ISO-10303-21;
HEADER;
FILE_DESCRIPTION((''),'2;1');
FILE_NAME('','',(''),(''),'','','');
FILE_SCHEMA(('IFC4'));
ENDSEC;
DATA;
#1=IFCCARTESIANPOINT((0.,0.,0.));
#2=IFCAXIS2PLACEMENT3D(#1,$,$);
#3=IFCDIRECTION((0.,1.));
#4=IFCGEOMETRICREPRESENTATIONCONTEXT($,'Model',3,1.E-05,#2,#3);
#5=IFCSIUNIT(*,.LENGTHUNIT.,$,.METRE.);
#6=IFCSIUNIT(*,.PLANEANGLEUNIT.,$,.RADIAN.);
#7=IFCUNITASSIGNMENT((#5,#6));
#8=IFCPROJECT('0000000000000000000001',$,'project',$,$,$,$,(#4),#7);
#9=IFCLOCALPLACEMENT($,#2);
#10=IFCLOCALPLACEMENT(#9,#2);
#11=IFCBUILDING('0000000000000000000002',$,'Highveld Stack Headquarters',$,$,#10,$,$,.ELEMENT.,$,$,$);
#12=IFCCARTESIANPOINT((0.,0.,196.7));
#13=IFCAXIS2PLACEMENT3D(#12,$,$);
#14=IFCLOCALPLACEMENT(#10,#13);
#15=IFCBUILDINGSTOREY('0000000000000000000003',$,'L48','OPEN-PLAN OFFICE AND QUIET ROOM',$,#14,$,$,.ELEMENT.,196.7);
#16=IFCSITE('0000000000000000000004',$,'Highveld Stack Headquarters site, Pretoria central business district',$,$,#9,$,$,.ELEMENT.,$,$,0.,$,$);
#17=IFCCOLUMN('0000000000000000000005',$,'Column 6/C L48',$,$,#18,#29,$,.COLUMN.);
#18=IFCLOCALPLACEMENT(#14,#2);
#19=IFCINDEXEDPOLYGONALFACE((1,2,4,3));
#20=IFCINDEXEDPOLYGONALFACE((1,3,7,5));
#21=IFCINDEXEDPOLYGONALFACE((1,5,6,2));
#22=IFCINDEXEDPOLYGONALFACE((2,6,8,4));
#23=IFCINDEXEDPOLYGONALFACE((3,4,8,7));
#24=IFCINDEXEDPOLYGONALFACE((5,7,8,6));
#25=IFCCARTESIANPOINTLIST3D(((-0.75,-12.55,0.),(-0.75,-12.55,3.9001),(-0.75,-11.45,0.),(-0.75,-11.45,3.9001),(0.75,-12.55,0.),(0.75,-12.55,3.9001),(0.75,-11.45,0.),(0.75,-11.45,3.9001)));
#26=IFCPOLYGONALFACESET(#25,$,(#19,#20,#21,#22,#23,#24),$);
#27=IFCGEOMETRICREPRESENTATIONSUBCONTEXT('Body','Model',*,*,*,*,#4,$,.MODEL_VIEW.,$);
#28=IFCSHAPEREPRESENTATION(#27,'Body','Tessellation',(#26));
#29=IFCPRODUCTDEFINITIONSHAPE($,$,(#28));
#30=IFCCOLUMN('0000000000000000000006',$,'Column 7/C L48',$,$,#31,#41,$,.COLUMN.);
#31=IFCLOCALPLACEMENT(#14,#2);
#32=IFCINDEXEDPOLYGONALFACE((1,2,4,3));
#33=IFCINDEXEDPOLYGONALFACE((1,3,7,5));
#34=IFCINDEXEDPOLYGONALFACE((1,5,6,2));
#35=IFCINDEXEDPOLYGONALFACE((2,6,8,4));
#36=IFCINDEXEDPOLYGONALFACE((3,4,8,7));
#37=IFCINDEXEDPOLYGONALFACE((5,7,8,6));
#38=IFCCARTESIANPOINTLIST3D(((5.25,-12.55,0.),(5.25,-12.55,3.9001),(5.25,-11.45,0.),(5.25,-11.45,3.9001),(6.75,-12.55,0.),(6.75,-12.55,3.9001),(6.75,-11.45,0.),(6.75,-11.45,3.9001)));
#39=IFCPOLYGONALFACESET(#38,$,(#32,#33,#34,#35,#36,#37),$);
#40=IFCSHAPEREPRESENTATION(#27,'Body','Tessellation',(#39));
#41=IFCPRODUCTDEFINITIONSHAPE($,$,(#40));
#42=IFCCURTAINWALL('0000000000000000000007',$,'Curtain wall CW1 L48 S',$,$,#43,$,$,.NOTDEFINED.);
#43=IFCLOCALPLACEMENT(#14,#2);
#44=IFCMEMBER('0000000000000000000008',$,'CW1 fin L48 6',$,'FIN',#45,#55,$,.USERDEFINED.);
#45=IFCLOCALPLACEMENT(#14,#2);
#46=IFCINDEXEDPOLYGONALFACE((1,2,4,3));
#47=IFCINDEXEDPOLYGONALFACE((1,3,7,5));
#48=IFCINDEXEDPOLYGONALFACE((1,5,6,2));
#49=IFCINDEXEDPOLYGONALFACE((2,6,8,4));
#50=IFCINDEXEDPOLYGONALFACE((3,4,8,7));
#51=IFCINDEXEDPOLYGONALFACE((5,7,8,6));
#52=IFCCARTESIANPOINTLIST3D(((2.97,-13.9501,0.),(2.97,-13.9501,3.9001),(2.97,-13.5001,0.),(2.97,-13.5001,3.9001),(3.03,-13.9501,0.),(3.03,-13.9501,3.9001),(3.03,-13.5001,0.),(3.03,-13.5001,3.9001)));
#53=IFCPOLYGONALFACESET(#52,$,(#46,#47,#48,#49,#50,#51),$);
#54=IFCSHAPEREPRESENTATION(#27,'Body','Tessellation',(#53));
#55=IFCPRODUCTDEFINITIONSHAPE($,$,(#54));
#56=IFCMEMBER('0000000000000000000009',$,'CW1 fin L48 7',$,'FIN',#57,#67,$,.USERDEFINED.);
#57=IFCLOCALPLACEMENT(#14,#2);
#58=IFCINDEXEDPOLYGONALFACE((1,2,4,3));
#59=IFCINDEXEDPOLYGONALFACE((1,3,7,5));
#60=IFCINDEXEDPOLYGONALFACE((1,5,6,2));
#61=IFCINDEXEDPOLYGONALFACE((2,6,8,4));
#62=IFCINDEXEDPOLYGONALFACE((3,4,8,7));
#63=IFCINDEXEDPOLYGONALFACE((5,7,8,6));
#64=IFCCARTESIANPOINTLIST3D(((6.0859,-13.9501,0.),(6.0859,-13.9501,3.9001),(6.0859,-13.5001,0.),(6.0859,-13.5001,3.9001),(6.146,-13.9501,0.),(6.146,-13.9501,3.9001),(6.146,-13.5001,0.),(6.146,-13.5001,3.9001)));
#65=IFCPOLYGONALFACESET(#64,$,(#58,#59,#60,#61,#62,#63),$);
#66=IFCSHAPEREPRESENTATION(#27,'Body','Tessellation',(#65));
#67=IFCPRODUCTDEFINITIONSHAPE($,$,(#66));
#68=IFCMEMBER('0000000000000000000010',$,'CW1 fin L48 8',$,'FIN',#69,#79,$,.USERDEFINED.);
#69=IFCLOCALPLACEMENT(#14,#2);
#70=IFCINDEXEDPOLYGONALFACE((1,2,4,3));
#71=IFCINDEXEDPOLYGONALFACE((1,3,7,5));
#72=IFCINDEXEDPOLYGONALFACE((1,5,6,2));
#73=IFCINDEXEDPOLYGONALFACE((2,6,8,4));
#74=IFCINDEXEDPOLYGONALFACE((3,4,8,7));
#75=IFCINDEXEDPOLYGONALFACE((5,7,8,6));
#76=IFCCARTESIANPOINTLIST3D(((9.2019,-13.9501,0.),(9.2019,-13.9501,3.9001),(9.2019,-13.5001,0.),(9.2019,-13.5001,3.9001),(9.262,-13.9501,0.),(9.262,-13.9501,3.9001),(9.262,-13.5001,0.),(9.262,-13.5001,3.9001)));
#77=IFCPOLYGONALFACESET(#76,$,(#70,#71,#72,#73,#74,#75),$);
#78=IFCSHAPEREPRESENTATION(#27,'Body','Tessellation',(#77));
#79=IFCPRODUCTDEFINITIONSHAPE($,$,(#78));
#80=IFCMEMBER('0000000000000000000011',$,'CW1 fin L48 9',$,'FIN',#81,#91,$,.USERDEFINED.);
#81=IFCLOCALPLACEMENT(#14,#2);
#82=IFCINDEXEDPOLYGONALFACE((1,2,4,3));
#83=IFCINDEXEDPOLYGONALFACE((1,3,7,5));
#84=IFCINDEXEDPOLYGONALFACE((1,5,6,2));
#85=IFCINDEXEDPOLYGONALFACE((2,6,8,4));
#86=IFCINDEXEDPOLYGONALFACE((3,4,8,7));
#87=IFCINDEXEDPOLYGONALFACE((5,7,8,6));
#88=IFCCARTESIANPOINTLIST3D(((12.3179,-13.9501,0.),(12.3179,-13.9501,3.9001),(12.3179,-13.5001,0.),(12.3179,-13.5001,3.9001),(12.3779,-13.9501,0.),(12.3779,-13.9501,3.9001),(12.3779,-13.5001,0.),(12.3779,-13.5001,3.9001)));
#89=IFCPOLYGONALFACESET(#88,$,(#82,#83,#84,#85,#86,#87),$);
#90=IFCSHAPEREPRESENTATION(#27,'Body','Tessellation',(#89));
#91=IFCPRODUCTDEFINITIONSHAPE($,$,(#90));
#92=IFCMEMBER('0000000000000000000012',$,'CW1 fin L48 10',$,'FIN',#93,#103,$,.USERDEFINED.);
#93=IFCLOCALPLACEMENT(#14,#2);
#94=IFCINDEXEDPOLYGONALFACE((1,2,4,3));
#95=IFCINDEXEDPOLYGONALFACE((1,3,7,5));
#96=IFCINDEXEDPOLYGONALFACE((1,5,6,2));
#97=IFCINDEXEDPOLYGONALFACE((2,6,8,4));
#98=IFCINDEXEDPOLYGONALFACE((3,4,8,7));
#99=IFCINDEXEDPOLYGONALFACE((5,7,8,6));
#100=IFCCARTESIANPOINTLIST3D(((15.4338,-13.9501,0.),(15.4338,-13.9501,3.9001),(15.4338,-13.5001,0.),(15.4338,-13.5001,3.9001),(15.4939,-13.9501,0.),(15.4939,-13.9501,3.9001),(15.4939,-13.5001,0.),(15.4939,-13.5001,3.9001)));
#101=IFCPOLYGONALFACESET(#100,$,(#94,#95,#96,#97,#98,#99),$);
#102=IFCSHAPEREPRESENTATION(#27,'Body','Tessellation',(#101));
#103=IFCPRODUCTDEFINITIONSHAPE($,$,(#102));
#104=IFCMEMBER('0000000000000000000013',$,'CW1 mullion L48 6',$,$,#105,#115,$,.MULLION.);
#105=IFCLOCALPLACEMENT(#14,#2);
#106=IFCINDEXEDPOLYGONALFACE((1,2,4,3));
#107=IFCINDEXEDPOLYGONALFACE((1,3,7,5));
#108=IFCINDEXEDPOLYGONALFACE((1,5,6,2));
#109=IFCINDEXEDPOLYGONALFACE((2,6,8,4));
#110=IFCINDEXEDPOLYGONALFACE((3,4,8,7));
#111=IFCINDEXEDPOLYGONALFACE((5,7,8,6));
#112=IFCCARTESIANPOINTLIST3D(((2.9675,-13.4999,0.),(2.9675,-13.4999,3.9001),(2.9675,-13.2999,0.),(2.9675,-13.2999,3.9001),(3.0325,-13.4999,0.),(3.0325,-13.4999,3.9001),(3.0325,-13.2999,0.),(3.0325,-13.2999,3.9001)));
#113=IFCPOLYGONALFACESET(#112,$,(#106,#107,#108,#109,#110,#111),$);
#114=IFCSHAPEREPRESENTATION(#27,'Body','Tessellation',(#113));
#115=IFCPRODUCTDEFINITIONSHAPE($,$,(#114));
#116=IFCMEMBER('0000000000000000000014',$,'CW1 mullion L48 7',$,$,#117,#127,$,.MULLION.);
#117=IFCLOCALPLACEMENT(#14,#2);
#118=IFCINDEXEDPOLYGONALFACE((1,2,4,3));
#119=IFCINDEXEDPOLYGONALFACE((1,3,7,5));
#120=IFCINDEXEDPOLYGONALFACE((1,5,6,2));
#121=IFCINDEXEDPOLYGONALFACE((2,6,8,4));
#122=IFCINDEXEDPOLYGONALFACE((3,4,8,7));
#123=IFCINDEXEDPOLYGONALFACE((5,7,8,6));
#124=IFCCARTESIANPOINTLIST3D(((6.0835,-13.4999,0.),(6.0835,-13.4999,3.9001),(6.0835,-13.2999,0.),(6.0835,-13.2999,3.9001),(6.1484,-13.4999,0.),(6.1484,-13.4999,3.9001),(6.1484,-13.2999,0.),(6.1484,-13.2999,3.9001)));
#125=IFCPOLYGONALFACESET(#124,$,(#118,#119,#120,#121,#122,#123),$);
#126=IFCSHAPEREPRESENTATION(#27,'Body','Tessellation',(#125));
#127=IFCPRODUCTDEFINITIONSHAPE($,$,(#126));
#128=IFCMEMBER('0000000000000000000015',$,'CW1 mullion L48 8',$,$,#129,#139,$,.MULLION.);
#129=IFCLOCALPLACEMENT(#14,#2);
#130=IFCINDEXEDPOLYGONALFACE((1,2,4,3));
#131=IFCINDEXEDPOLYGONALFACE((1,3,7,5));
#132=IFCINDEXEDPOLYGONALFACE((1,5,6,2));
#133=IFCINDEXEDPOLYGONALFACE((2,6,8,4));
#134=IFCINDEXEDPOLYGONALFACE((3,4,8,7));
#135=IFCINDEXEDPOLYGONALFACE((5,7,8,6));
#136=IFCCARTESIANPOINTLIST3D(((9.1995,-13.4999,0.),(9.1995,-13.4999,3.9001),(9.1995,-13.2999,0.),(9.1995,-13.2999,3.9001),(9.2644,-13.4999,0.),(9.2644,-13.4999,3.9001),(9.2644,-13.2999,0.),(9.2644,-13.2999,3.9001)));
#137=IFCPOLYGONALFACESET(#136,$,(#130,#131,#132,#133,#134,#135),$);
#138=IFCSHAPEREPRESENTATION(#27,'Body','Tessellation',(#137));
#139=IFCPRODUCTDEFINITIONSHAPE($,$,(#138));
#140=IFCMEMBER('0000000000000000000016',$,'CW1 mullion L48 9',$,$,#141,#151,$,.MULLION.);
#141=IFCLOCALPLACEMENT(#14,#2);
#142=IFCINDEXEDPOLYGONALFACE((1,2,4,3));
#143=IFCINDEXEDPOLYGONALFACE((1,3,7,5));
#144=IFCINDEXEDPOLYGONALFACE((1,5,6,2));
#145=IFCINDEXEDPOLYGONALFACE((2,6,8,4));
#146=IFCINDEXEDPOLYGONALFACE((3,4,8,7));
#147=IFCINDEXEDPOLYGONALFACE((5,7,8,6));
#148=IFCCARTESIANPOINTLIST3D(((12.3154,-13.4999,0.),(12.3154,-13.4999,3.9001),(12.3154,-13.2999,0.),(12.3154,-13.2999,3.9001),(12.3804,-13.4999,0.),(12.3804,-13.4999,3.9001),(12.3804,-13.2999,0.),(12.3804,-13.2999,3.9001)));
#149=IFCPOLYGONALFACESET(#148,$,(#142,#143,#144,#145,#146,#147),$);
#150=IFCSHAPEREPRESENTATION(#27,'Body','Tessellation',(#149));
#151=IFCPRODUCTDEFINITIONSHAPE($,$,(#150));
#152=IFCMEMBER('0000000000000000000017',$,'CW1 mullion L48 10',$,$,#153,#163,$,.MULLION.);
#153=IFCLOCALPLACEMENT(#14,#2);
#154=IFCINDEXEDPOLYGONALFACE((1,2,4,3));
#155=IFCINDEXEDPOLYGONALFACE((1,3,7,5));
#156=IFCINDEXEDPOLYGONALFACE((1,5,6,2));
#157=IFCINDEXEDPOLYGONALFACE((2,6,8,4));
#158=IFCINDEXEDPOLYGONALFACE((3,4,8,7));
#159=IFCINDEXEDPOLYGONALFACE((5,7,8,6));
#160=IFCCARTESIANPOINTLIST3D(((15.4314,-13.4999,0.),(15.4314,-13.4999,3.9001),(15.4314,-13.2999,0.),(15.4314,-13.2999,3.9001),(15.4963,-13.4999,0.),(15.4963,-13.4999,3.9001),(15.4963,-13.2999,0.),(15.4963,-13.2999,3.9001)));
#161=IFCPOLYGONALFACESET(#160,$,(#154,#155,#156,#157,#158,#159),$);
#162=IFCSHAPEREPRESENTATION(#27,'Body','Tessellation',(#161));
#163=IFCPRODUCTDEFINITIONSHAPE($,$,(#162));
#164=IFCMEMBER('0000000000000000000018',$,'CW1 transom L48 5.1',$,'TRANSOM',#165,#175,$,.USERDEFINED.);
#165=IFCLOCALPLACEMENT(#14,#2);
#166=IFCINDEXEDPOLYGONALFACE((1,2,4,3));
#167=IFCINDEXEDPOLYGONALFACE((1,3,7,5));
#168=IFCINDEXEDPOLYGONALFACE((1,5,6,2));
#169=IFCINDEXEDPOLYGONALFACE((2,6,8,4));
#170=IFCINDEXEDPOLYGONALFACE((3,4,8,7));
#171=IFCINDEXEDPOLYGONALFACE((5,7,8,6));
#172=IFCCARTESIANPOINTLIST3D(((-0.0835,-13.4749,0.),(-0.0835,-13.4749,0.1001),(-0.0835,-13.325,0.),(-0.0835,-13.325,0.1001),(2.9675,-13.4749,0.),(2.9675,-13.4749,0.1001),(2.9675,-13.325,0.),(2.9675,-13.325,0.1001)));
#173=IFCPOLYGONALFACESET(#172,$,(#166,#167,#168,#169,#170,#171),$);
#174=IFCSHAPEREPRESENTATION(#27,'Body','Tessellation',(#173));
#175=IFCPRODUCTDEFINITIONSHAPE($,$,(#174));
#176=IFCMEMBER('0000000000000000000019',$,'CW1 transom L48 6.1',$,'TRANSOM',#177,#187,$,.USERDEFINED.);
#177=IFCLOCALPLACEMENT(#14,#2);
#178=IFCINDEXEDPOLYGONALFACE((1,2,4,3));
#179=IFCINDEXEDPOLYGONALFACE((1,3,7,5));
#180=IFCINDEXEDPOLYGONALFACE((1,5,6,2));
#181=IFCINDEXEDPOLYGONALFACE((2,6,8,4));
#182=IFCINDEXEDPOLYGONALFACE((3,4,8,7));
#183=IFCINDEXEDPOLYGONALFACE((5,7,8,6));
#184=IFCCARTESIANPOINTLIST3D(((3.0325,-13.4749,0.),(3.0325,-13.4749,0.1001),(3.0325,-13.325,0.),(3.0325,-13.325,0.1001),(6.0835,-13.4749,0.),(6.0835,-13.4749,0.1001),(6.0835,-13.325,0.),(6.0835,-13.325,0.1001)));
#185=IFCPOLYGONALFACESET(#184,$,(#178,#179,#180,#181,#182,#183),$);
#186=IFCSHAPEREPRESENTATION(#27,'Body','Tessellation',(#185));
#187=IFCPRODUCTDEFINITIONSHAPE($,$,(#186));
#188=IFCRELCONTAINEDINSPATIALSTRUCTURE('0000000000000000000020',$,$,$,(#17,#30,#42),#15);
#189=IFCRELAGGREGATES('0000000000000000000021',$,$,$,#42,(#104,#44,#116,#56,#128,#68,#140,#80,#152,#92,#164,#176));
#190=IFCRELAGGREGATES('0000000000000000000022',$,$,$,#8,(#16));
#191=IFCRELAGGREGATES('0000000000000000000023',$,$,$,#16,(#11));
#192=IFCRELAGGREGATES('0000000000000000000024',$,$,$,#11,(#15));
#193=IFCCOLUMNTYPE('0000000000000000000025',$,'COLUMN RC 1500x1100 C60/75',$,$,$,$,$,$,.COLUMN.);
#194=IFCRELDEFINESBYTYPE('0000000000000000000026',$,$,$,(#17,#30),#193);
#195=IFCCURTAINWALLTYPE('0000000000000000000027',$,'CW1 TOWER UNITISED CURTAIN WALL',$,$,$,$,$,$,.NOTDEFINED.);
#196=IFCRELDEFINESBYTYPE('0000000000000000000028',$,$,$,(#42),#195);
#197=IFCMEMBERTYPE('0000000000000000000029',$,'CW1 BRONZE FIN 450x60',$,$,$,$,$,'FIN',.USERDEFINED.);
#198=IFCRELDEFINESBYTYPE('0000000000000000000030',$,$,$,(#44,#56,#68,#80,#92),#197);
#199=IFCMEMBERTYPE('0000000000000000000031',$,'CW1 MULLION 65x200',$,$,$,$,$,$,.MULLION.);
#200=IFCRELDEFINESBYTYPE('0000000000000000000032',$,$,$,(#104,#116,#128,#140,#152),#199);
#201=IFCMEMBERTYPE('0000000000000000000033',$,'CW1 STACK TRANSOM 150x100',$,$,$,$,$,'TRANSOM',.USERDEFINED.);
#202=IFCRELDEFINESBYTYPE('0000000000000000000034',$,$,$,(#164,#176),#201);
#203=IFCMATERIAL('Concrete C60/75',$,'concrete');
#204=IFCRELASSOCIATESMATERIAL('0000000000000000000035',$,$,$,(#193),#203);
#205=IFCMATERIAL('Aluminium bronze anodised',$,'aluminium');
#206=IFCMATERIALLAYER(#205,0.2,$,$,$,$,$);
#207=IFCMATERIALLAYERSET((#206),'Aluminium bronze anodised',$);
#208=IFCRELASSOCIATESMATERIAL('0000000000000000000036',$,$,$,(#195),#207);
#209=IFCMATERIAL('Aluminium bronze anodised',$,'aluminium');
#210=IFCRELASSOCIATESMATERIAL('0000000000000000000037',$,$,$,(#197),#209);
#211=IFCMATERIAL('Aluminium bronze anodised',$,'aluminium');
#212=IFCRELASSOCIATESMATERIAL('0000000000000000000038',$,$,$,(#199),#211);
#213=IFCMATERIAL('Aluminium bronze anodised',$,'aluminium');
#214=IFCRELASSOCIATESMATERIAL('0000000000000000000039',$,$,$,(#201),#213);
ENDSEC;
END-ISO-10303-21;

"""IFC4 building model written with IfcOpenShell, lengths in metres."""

from ifc_helpers import new_model, si_unit, direction, frame, origin, origin_2d, place, context, subcontext, project, spatial, rectangle, extrude, material, layer, layer_set, material_profile, profile_set, type_object, element, aggregate, save


model = new_model("IFC4")

# Units and contexts
model_context = context("Model", 3, precision=1e-05, world=origin(), true_north=direction((0.0, 1.0)))
body_context = subcontext(model_context, "Body", "Model", "MODEL_VIEW")
ifc_project = project(units=[si_unit("LENGTHUNIT", "METRE"), si_unit("PLANEANGLEUNIT", "RADIAN")], contexts=[model_context])

# Site, building, storey
site_placement = place(None, origin())
site = spatial("IfcSite", under=ifc_project, at=site_placement, Name="Highveld Stack Headquarters site, Pretoria central business district", CompositionType="ELEMENT", RefElevation=0.0)
building_placement = place(site_placement, origin())
building = spatial("IfcBuilding", under=site, at=building_placement, Name="Highveld Stack Headquarters", CompositionType="ELEMENT")
storey_placement = place(building_placement, frame((0.0, 0.0, 196.7)))
storey = spatial("IfcBuildingStorey", under=building, at=storey_placement, Name="L48", Description="OPEN-PLAN OFFICE AND QUIET ROOM", CompositionType="ELEMENT", Elevation=196.7)

# Columns
ifc_material_1 = material(Name="Concrete C60/75", Category="concrete")
ifc_material_profile_1 = material_profile(ifc_material_1, rectangle(XDim=1.5, YDim=1.1001, at=origin_2d()), Name="RC 1500x1100")
ifc_profile_set_1 = profile_set([ifc_material_profile_1], Name="Concrete C60/75")
column_type = type_object("IfcColumnType", Name="COLUMN RC 1500x1100 C60/75", PredefinedType="COLUMN", material=ifc_profile_set_1)
for number, where, z_axis, x_axis, name in (
    (1, (0.0, -12.0, 0.0), (0.0, 0.0, 1.0), (1.0, 0.0, 0.0), "Column 6/C L48"),
    (2, (6.0, -12.0, 0.0), (0.0, 0.0, 1.0), (1.0, 0.0, 0.0), "Column 7/C L48"),
):
    element("IfcColumn", number, at=place(storey_placement, frame(where, z_axis=z_axis, x_axis=x_axis)), inside=storey, type_object=column_type, Name=name, PredefinedType="COLUMN", context=body_context, shape_type="SweptSolid", body=[
        extrude(rectangle(XDim=1.5, YDim=1.1001, at=origin_2d()), origin(), (0.0, 0.0, 1.0), 3.9001),
    ])

# Curtain wall, members
ifc_material_2 = material(Name="Aluminium bronze anodised", Category="aluminium")
ifc_layer_1 = layer(ifc_material_2, 0.2)
ifc_layer_set_1 = layer_set([ifc_layer_1], Name="Aluminium bronze anodised")
curtain_wall_type = type_object("IfcCurtainWallType", Name="CW1 TOWER UNITISED CURTAIN WALL", PredefinedType="NOTDEFINED", material=ifc_layer_set_1)
curtain_wall_placement = place(storey_placement, origin())
curtain_wall = element("IfcCurtainWall", 3, at=curtain_wall_placement, inside=storey, type_object=curtain_wall_type, Name="Curtain wall CW1 L48 S", PredefinedType="NOTDEFINED")
ifc_material_3 = material(Name="Aluminium bronze anodised", Category="aluminium")
ifc_material_profile_2 = material_profile(ifc_material_3, rectangle(XDim=0.45, YDim=0.0601, at=origin_2d()), Name="FIN 450x60")
ifc_profile_set_2 = profile_set([ifc_material_profile_2], Name="Aluminium bronze anodised")
member_type_1 = type_object("IfcMemberType", Name="CW1 BRONZE FIN 450x60", ElementType="FIN", PredefinedType="USERDEFINED", material=ifc_profile_set_2)
member_1_placement = place(storey_placement, frame((3.0, -13.7251, 0.0), z_axis=(0.0, 0.0, 1.0), x_axis=(0.0, 1.0, 0.0)))
member_1 = element("IfcMember", 4, at=member_1_placement, type_object=member_type_1, Name="CW1 fin L48 6", ObjectType="FIN", PredefinedType="USERDEFINED", context=body_context, shape_type="SweptSolid", body=[
    extrude(rectangle(XDim=0.45, YDim=0.0601, at=origin_2d()), origin(), (0.0, 0.0, 1.0), 3.9001),
])
member_2_placement = place(storey_placement, frame((6.116, -13.7251, 0.0), z_axis=(0.0, 0.0, 1.0), x_axis=(0.0, 1.0, 0.0)))
member_2 = element("IfcMember", 5, at=member_2_placement, type_object=member_type_1, Name="CW1 fin L48 7", ObjectType="FIN", PredefinedType="USERDEFINED", context=body_context, shape_type="SweptSolid", body=[
    extrude(rectangle(XDim=0.45, YDim=0.0601, at=origin_2d()), origin(), (0.0, 0.0, 1.0), 3.9001),
])
member_3_placement = place(storey_placement, frame((9.2319, -13.7251, 0.0), z_axis=(0.0, 0.0, 1.0), x_axis=(0.0, 1.0, 0.0)))
member_3 = element("IfcMember", 6, at=member_3_placement, type_object=member_type_1, Name="CW1 fin L48 8", ObjectType="FIN", PredefinedType="USERDEFINED", context=body_context, shape_type="SweptSolid", body=[
    extrude(rectangle(XDim=0.45, YDim=0.0601, at=origin_2d()), origin(), (0.0, 0.0, 1.0), 3.9001),
])
member_4_placement = place(storey_placement, frame((12.3479, -13.7251, 0.0), z_axis=(0.0, 0.0, 1.0), x_axis=(0.0, 1.0, 0.0)))
member_4 = element("IfcMember", 7, at=member_4_placement, type_object=member_type_1, Name="CW1 fin L48 9", ObjectType="FIN", PredefinedType="USERDEFINED", context=body_context, shape_type="SweptSolid", body=[
    extrude(rectangle(XDim=0.45, YDim=0.0601, at=origin_2d()), origin(), (0.0, 0.0, 1.0), 3.9001),
])
member_5_placement = place(storey_placement, frame((15.4639, -13.7251, 0.0), z_axis=(0.0, 0.0, 1.0), x_axis=(0.0, 1.0, 0.0)))
member_5 = element("IfcMember", 8, at=member_5_placement, type_object=member_type_1, Name="CW1 fin L48 10", ObjectType="FIN", PredefinedType="USERDEFINED", context=body_context, shape_type="SweptSolid", body=[
    extrude(rectangle(XDim=0.45, YDim=0.0601, at=origin_2d()), origin(), (0.0, 0.0, 1.0), 3.9001),
])
ifc_material_4 = material(Name="Aluminium bronze anodised", Category="aluminium")
ifc_material_profile_3 = material_profile(ifc_material_4, rectangle(XDim=0.2, YDim=0.0649, at=origin_2d()), Name="CW1 MULLION 65x200")
ifc_profile_set_3 = profile_set([ifc_material_profile_3], Name="Aluminium bronze anodised")
member_type_2 = type_object("IfcMemberType", Name="CW1 MULLION 65x200", PredefinedType="MULLION", material=ifc_profile_set_3)
member_6_placement = place(storey_placement, frame((3.0, -13.3999, 0.0), z_axis=(0.0, 0.0, 1.0), x_axis=(0.0, 1.0, 0.0)))
member_6 = element("IfcMember", 9, at=member_6_placement, type_object=member_type_2, Name="CW1 mullion L48 6", PredefinedType="MULLION", context=body_context, shape_type="SweptSolid", body=[
    extrude(rectangle(XDim=0.2, YDim=0.0649, at=origin_2d()), origin(), (0.0, 0.0, 1.0), 3.9001),
])
member_7_placement = place(storey_placement, frame((6.116, -13.3999, 0.0), z_axis=(0.0, 0.0, 1.0), x_axis=(0.0, 1.0, 0.0)))
member_7 = element("IfcMember", 10, at=member_7_placement, type_object=member_type_2, Name="CW1 mullion L48 7", PredefinedType="MULLION", context=body_context, shape_type="SweptSolid", body=[
    extrude(rectangle(XDim=0.2, YDim=0.0649, at=origin_2d()), origin(), (0.0, 0.0, 1.0), 3.9001),
])
member_8_placement = place(storey_placement, frame((9.2319, -13.3999, 0.0), z_axis=(0.0, 0.0, 1.0), x_axis=(0.0, 1.0, 0.0)))
member_8 = element("IfcMember", 11, at=member_8_placement, type_object=member_type_2, Name="CW1 mullion L48 8", PredefinedType="MULLION", context=body_context, shape_type="SweptSolid", body=[
    extrude(rectangle(XDim=0.2, YDim=0.0649, at=origin_2d()), origin(), (0.0, 0.0, 1.0), 3.9001),
])
member_9_placement = place(storey_placement, frame((12.3479, -13.3999, 0.0), z_axis=(0.0, 0.0, 1.0), x_axis=(0.0, 1.0, 0.0)))
member_9 = element("IfcMember", 12, at=member_9_placement, type_object=member_type_2, Name="CW1 mullion L48 9", PredefinedType="MULLION", context=body_context, shape_type="SweptSolid", body=[
    extrude(rectangle(XDim=0.2, YDim=0.0649, at=origin_2d()), origin(), (0.0, 0.0, 1.0), 3.9001),
])
member_10_placement = place(storey_placement, frame((15.4639, -13.3999, 0.0), z_axis=(0.0, 0.0, 1.0), x_axis=(0.0, 1.0, 0.0)))
member_10 = element("IfcMember", 13, at=member_10_placement, type_object=member_type_2, Name="CW1 mullion L48 10", PredefinedType="MULLION", context=body_context, shape_type="SweptSolid", body=[
    extrude(rectangle(XDim=0.2, YDim=0.0649, at=origin_2d()), origin(), (0.0, 0.0, 1.0), 3.9001),
])
ifc_material_5 = material(Name="Aluminium bronze anodised", Category="aluminium")
ifc_material_profile_4 = material_profile(ifc_material_5, rectangle(XDim=0.1499, YDim=0.1001, at=origin_2d()), Name="CW1 TRANSOM 150x100")
ifc_profile_set_4 = profile_set([ifc_material_profile_4], Name="Aluminium bronze anodised")
member_type_3 = type_object("IfcMemberType", Name="CW1 STACK TRANSOM 150x100", ElementType="TRANSOM", PredefinedType="USERDEFINED", material=ifc_profile_set_4)
member_11_placement = place(storey_placement, frame((-0.0835, -13.3999, 0.05), z_axis=(1.0, 0.0, 0.0), x_axis=(0.0, 1.0, 0.0)))
member_11 = element("IfcMember", 14, at=member_11_placement, type_object=member_type_3, Name="CW1 transom L48 5.1", ObjectType="TRANSOM", PredefinedType="USERDEFINED", context=body_context, shape_type="SweptSolid", body=[
    extrude(rectangle(XDim=0.1499, YDim=0.1001, at=origin_2d()), origin(), (0.0, 0.0, 1.0), 3.051),
])
member_12_placement = place(storey_placement, frame((3.0325, -13.3999, 0.05), z_axis=(1.0, 0.0, 0.0), x_axis=(0.0, 1.0, 0.0)))
member_12 = element("IfcMember", 15, at=member_12_placement, type_object=member_type_3, Name="CW1 transom L48 6.1", ObjectType="TRANSOM", PredefinedType="USERDEFINED", context=body_context, shape_type="SweptSolid", body=[
    extrude(rectangle(XDim=0.1499, YDim=0.1001, at=origin_2d()), origin(), (0.0, 0.0, 1.0), 3.051),
])
aggregate(curtain_wall, [member_6, member_1, member_7, member_2, member_8, member_3, member_9, member_4, member_10, member_5, member_11, member_12])

save(model, "model.ifc")
